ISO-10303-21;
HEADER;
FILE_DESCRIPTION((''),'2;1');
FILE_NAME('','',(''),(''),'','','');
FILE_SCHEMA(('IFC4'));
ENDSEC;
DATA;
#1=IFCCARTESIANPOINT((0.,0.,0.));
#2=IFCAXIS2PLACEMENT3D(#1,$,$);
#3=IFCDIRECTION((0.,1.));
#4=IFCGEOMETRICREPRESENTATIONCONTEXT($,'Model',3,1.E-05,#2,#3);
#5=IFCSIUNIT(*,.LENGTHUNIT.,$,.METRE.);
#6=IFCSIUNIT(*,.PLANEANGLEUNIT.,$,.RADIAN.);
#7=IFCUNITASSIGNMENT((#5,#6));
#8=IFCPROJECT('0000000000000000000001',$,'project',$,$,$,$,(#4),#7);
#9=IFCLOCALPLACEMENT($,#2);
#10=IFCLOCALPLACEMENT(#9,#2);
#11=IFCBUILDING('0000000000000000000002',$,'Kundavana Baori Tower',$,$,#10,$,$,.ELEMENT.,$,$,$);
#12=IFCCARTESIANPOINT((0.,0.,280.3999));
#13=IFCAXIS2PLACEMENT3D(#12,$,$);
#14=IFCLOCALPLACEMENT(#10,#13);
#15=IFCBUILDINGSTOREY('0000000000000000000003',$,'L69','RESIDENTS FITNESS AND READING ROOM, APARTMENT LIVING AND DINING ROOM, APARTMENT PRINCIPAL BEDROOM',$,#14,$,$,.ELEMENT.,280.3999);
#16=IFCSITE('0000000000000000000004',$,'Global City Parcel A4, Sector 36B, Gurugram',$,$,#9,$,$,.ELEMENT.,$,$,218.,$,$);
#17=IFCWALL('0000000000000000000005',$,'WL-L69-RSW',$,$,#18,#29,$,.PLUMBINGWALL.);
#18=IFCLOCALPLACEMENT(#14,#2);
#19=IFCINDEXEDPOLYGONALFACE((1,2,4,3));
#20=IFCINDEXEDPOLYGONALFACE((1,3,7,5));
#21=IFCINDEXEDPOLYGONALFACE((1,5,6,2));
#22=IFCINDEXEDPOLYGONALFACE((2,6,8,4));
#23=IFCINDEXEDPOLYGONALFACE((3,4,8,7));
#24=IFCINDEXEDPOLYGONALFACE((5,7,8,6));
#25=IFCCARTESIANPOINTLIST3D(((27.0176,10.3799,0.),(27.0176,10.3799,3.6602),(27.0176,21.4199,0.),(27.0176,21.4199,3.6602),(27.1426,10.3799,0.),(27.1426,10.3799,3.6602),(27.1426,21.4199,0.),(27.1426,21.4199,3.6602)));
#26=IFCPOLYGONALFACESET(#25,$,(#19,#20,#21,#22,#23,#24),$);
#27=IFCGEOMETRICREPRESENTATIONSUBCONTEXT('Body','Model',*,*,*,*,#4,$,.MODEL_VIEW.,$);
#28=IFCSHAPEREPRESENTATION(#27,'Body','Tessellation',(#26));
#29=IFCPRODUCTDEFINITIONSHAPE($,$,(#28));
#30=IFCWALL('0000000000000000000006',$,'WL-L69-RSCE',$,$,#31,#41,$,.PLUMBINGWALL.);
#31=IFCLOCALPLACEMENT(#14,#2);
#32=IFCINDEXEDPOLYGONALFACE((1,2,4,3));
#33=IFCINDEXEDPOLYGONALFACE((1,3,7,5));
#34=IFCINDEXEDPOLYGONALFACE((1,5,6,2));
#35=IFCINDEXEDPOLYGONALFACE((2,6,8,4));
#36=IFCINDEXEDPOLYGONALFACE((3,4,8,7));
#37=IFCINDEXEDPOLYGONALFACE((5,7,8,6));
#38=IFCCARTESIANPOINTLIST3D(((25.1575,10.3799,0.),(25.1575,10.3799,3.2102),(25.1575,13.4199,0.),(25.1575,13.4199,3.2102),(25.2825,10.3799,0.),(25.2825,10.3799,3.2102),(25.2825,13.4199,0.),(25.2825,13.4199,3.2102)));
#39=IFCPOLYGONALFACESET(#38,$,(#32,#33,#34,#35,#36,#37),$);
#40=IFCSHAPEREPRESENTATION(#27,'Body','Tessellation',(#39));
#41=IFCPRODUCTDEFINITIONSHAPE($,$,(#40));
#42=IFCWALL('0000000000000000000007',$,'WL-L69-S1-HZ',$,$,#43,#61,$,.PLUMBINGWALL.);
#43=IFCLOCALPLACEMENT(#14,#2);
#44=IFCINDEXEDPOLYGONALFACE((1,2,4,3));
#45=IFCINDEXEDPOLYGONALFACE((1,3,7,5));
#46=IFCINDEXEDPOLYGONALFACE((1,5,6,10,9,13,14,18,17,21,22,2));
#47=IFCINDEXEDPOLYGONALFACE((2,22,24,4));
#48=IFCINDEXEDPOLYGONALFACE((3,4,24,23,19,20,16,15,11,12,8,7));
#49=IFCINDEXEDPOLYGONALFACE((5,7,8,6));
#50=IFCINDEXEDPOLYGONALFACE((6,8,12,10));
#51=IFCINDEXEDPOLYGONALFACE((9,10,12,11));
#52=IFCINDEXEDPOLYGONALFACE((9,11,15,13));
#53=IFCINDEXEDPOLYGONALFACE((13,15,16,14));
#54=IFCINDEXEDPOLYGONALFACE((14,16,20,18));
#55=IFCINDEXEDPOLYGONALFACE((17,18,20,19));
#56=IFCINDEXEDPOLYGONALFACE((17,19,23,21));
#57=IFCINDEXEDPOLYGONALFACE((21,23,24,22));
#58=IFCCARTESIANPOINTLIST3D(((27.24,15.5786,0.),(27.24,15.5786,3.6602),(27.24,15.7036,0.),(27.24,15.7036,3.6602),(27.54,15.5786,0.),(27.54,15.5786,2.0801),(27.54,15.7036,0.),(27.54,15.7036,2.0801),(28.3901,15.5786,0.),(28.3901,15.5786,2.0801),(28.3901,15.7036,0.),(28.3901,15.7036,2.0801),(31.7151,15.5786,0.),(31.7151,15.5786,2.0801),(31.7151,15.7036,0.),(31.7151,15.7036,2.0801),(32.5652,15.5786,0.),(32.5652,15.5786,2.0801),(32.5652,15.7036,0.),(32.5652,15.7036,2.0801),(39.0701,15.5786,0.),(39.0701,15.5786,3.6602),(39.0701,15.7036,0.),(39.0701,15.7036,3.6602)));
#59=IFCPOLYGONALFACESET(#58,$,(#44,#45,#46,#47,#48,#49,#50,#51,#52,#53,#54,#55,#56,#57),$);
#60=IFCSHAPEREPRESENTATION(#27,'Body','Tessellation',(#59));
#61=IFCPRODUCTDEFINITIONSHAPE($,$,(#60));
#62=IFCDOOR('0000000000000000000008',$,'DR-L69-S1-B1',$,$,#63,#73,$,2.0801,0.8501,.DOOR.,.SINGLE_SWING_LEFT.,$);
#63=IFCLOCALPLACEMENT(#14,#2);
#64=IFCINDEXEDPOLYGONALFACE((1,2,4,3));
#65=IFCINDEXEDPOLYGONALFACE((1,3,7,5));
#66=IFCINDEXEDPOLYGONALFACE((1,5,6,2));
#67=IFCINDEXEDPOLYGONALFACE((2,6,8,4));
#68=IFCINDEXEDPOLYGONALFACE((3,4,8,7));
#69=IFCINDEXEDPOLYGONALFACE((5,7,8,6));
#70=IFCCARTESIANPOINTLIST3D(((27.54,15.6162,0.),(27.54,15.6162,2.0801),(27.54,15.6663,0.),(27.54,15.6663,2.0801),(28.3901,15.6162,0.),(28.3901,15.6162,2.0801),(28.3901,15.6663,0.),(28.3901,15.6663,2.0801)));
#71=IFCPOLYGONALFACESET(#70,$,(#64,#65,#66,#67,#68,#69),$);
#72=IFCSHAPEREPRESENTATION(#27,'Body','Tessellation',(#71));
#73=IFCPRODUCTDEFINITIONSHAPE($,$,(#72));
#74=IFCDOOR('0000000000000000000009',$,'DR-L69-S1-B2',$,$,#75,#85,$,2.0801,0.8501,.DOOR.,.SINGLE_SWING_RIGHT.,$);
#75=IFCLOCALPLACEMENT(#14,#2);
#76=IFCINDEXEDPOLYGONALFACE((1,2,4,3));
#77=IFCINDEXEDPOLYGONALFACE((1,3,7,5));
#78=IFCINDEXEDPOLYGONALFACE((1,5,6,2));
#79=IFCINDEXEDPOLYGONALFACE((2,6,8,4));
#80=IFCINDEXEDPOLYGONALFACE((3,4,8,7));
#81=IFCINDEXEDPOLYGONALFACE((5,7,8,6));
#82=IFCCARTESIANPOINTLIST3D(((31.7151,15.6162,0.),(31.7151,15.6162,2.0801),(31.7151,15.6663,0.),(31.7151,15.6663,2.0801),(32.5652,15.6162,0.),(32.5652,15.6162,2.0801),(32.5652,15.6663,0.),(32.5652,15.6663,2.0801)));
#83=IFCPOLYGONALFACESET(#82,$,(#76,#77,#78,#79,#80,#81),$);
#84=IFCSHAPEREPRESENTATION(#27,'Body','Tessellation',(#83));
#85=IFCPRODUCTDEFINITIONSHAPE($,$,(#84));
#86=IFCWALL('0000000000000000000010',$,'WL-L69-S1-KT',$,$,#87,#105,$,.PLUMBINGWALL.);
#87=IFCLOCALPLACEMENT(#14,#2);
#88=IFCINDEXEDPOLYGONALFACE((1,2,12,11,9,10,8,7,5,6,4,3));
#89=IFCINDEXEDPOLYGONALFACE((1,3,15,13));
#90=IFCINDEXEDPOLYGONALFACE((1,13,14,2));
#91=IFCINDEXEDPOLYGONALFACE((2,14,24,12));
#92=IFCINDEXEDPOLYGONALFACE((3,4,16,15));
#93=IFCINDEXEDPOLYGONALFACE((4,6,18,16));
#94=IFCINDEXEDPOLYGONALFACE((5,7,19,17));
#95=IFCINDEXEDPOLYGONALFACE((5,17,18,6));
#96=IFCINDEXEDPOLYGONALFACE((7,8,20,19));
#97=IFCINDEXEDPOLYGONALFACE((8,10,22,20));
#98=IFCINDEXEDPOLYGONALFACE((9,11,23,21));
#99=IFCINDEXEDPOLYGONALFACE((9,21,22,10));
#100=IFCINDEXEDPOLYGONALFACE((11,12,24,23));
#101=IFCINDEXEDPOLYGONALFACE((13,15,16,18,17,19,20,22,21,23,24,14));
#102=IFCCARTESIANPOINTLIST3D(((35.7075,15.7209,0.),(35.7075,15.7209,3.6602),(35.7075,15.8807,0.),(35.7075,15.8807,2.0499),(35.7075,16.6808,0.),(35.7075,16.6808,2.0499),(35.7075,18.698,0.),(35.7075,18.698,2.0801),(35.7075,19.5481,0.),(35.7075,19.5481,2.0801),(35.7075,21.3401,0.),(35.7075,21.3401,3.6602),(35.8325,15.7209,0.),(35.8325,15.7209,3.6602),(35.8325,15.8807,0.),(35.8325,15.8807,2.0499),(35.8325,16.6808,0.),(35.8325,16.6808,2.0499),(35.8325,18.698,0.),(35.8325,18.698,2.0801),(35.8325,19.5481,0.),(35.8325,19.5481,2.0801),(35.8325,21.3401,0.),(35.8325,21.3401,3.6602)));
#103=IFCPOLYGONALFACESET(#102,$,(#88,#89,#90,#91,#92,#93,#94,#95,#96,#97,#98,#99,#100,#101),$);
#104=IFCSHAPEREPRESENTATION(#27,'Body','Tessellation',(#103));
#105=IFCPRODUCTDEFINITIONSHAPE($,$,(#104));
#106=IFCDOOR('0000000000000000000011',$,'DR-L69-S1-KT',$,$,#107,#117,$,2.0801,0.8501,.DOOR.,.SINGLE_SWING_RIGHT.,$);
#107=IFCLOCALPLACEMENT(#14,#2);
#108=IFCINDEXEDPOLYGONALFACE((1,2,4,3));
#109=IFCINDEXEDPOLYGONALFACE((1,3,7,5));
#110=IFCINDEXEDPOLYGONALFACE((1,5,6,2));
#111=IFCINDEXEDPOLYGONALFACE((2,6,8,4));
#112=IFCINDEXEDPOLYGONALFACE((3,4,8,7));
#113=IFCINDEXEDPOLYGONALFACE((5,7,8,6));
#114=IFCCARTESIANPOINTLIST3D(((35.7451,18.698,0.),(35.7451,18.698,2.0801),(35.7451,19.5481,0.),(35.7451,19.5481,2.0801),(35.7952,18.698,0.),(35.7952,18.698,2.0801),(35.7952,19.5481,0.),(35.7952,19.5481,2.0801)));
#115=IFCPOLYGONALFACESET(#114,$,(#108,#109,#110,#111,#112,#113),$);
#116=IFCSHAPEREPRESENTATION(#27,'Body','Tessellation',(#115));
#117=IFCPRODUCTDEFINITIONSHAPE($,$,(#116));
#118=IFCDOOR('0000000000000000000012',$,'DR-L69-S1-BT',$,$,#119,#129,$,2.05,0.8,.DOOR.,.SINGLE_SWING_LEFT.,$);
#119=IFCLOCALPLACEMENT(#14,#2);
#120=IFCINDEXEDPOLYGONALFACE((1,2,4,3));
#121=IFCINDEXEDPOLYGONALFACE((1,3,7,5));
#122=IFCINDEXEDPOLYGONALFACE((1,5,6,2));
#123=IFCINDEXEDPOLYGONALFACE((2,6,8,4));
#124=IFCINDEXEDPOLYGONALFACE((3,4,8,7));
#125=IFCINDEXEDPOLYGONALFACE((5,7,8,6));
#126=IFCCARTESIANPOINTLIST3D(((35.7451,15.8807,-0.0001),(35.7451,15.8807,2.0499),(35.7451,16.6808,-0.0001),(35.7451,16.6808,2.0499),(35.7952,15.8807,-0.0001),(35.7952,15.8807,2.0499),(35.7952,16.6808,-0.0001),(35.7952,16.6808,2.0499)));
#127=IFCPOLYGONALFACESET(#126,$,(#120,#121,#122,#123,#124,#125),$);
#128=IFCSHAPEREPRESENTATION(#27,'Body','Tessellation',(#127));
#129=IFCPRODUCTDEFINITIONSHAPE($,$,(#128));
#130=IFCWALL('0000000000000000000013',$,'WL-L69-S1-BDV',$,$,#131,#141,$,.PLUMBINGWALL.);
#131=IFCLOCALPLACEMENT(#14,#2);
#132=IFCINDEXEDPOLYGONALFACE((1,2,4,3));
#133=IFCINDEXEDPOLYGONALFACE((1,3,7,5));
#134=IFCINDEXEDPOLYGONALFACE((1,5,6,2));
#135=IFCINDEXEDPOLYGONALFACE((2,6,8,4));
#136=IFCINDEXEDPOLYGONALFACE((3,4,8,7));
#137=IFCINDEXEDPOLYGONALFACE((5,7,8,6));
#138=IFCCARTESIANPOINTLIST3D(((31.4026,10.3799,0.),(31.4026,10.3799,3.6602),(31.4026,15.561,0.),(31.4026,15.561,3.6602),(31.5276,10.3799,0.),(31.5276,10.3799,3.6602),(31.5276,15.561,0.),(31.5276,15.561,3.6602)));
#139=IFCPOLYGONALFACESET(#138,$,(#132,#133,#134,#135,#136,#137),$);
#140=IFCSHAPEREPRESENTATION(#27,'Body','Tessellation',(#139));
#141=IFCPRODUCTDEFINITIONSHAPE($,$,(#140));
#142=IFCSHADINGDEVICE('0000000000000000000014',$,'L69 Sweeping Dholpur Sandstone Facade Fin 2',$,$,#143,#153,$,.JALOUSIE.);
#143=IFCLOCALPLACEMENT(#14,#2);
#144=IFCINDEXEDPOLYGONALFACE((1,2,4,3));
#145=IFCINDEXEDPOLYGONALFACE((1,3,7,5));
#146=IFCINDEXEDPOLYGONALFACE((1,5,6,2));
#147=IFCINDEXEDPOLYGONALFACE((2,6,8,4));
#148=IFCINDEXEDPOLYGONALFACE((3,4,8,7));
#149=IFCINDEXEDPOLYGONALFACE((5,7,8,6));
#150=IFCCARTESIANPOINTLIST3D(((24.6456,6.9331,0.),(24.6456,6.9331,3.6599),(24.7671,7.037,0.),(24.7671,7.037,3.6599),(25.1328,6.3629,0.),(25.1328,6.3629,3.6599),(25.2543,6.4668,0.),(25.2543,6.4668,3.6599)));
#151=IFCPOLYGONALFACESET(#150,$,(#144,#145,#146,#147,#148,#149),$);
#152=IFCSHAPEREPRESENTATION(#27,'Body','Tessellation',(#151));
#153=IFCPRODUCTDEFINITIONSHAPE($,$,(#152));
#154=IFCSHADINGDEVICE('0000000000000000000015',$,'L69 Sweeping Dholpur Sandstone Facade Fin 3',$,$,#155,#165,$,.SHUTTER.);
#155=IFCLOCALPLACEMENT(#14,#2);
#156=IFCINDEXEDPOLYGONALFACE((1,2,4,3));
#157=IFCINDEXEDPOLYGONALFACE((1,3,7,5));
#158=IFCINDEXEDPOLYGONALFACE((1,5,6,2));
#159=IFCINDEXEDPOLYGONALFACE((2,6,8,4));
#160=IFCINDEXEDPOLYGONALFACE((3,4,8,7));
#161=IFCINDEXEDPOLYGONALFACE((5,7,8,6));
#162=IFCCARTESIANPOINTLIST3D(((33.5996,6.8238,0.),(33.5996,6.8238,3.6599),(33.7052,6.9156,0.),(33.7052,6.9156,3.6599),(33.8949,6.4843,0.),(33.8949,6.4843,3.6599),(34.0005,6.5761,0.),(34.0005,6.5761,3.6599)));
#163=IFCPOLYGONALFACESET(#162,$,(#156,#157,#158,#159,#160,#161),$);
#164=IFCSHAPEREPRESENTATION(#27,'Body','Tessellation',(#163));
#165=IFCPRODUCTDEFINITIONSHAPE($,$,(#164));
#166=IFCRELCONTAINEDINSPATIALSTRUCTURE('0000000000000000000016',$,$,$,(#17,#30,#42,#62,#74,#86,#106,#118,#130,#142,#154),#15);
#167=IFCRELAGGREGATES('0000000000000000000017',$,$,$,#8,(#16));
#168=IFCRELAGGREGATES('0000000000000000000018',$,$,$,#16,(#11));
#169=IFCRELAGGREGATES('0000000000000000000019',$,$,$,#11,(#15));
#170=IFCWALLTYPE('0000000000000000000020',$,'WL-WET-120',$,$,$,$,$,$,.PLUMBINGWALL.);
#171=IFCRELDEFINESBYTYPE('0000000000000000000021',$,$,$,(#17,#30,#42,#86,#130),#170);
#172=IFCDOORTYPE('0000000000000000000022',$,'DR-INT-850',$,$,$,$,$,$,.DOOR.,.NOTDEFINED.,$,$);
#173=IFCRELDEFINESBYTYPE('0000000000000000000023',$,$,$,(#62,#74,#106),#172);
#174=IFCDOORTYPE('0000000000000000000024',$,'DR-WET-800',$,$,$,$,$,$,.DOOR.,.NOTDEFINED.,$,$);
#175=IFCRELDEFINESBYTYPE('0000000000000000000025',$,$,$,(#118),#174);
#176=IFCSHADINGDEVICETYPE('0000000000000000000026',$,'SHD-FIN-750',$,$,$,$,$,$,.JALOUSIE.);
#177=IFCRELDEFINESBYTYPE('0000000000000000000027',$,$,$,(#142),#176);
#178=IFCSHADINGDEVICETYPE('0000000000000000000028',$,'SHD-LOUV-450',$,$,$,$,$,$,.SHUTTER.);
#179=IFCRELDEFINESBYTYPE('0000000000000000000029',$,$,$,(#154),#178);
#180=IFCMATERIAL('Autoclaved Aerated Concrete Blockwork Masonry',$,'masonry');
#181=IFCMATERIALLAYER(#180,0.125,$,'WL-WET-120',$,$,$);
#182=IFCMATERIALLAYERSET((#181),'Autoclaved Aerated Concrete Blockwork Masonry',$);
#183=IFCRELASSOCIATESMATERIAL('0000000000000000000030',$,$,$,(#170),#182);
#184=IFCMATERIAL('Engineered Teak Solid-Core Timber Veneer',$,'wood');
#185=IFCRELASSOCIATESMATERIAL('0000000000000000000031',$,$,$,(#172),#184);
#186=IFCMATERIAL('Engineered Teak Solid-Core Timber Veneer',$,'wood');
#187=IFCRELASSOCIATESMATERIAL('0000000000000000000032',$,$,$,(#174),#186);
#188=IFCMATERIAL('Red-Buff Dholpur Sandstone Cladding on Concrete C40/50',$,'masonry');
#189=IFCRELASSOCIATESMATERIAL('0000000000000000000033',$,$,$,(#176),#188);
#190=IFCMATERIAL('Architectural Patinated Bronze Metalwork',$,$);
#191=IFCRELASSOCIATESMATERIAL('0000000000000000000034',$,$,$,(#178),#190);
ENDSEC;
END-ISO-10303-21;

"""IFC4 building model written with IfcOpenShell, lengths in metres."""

from ifc_helpers import new_model, si_unit, direction, frame, frame_2d, origin, origin_2d, place, context, subcontext, project, spatial, rectangle, extrude, material, layer, layer_set, type_object, element, fill, save


model = new_model("IFC4")

# Units and contexts
model_context = context("Model", 3, precision=1e-05, world=origin(), true_north=direction((0.0, 1.0)))
body_context = subcontext(model_context, "Body", "Model", "MODEL_VIEW")
ifc_project = project(units=[si_unit("LENGTHUNIT", "METRE"), si_unit("PLANEANGLEUNIT", "RADIAN")], contexts=[model_context])

# Site, building, storey
site_placement = place(None, origin())
site = spatial("IfcSite", under=ifc_project, at=site_placement, Name="Global City Parcel A4, Sector 36B, Gurugram", CompositionType="ELEMENT", RefElevation=218.0)
building_placement = place(site_placement, origin())
building = spatial("IfcBuilding", under=site, at=building_placement, Name="Kundavana Baori Tower", CompositionType="ELEMENT")
storey_placement = place(building_placement, frame((0.0, 0.0, 280.3999)))
storey = spatial("IfcBuildingStorey", under=building, at=storey_placement, Name="L69", Description="RESIDENTS FITNESS AND READING ROOM, APARTMENT LIVING AND DINING ROOM, APARTMENT PRINCIPAL BEDROOM", CompositionType="ELEMENT", Elevation=280.3999)

# Walls
ifc_material_1 = material(Name="Autoclaved Aerated Concrete Blockwork Masonry", Category="masonry")
ifc_layer = layer(ifc_material_1, 0.125, Name="WL-WET-120")
ifc_layer_set = layer_set([ifc_layer], Name="Autoclaved Aerated Concrete Blockwork Masonry")
wall_type = type_object("IfcWallType", Name="WL-WET-120", PredefinedType="PLUMBINGWALL", material=ifc_layer_set)
wall_1_placement = place(storey_placement, frame((27.0801, 10.3799, 0.0), z_axis=(0.0, 0.0, 1.0), x_axis=(0.0, 1.0, 0.0)))
element("IfcWall", 1, at=wall_1_placement, inside=storey, type_object=wall_type, Name="WL-L69-RSW", PredefinedType="PLUMBINGWALL", context=body_context, shape_type="SweptSolid", body=[
    extrude(rectangle(XDim=11.04, YDim=0.125, at=frame_2d((5.52, 0.0))), origin(), (0.0, 0.0, 1.0), 3.6602),
])
wall_2_placement = place(storey_placement, frame((25.22, 10.3799, 0.0), z_axis=(0.0, 0.0, 1.0), x_axis=(0.0, 1.0, 0.0)))
element("IfcWall", 2, at=wall_2_placement, inside=storey, type_object=wall_type, Name="WL-L69-RSCE", PredefinedType="PLUMBINGWALL", context=body_context, shape_type="SweptSolid", body=[
    extrude(rectangle(XDim=3.04, YDim=0.125, at=frame_2d((1.52, 0.0))), origin(), (0.0, 0.0, 1.0), 3.2102),
])

# Walls, openings, doors
wall_3_placement = place(storey_placement, frame((27.24, 15.6411, 0.0), z_axis=(0.0, 0.0, 1.0), x_axis=(1.0, 0.0, 0.0)))
wall_3 = element("IfcWall", 3, at=wall_3_placement, inside=storey, type_object=wall_type, Name="WL-L69-S1-HZ", PredefinedType="PLUMBINGWALL", context=body_context, shape_type="SweptSolid", body=[
    extrude(rectangle(XDim=11.8301, YDim=0.125, at=frame_2d((5.915, 0.0))), origin(), (0.0, 0.0, 1.0), 3.6602),
])
opening_1_placement = place(wall_3_placement, frame((0.3, 0.0, 0.0)))
opening_1 = element("IfcOpeningElement", 4, at=opening_1_placement, cuts=wall_3, PredefinedType="OPENING", context=body_context, shape_type="SweptSolid", body=[
    extrude(rectangle(XDim=0.8501, YDim=2.0801, at=frame_2d((0.425, 1.04))), frame((0.0, 0.0725, 0.0), z_axis=(0.0, -1.0, 0.0), x_axis=(1.0, 0.0, 0.0)), (0.0, 0.0, 1.0), 0.145),
])
opening_2_placement = place(wall_3_placement, frame((4.4751, 0.0, 0.0)))
opening_2 = element("IfcOpeningElement", 5, at=opening_2_placement, cuts=wall_3, PredefinedType="OPENING", context=body_context, shape_type="SweptSolid", body=[
    extrude(rectangle(XDim=0.8501, YDim=2.0801, at=frame_2d((0.425, 1.04))), frame((0.0, 0.0725, 0.0), z_axis=(0.0, -1.0, 0.0), x_axis=(1.0, 0.0, 0.0)), (0.0, 0.0, 1.0), 0.145),
])
ifc_material_2 = material(Name="Engineered Teak Solid-Core Timber Veneer", Category="wood")
door_type_1 = type_object("IfcDoorType", Name="DR-INT-850", OperationType="NOTDEFINED", PredefinedType="DOOR", material=ifc_material_2)
door_1_placement = place(opening_1_placement, frame((0.8501, 0.0, 0.0), z_axis=(0.0, 0.0, 1.0), x_axis=(-1.0, 0.0, 0.0)))
door_1 = element("IfcDoor", 6, at=door_1_placement, inside=storey, type_object=door_type_1, Name="DR-L69-S1-B1", OperationType="SINGLE_SWING_LEFT", OverallHeight=2.0801, OverallWidth=0.8501, PredefinedType="DOOR", context=body_context, shape_type="SweptSolid", body=[
    extrude(rectangle(XDim=0.8501, YDim=2.0801, at=frame_2d((0.425, 1.04))), frame((0.0, 0.0249, 0.0), z_axis=(0.0, -1.0, 0.0), x_axis=(1.0, 0.0, 0.0)), (0.0, 0.0, 1.0), 0.05),
])
fill(opening_1, door_1)
door_2_placement = place(opening_2_placement, frame((0.8501, 0.0, 0.0), z_axis=(0.0, 0.0, 1.0), x_axis=(-1.0, 0.0, 0.0)))
door_2 = element("IfcDoor", 7, at=door_2_placement, inside=storey, type_object=door_type_1, Name="DR-L69-S1-B2", OperationType="SINGLE_SWING_RIGHT", OverallHeight=2.0801, OverallWidth=0.8501, PredefinedType="DOOR", context=body_context, shape_type="SweptSolid", body=[
    extrude(rectangle(XDim=0.8501, YDim=2.0801, at=frame_2d((0.425, 1.04))), frame((0.0, 0.0249, 0.0), z_axis=(0.0, -1.0, 0.0), x_axis=(1.0, 0.0, 0.0)), (0.0, 0.0, 1.0), 0.05),
])
fill(opening_2, door_2)
wall_4_placement = place(storey_placement, frame((35.77, 15.7209, 0.0), z_axis=(0.0, 0.0, 1.0), x_axis=(0.0, 1.0, 0.0)))
wall_4 = element("IfcWall", 8, at=wall_4_placement, inside=storey, type_object=wall_type, Name="WL-L69-S1-KT", PredefinedType="PLUMBINGWALL", context=body_context, shape_type="SweptSolid", body=[
    extrude(rectangle(XDim=5.6191, YDim=0.125, at=frame_2d((2.8096, 0.0))), origin(), (0.0, 0.0, 1.0), 3.6602),
])
opening_3_placement = place(wall_4_placement, frame((0.1599, 0.0, 0.0)))
opening_3 = element("IfcOpeningElement", 9, at=opening_3_placement, cuts=wall_4, PredefinedType="OPENING", context=body_context, shape_type="SweptSolid", body=[
    extrude(rectangle(XDim=0.8, YDim=2.05, at=frame_2d((0.3999, 1.0249))), frame((0.0, 0.0725, 0.0), z_axis=(0.0, -1.0, 0.0), x_axis=(1.0, 0.0, 0.0)), (0.0, 0.0, 1.0), 0.145),
])
opening_4_placement = place(wall_4_placement, frame((2.9771, 0.0, 0.0)))
opening_4 = element("IfcOpeningElement", 10, at=opening_4_placement, cuts=wall_4, PredefinedType="OPENING", context=body_context, shape_type="SweptSolid", body=[
    extrude(rectangle(XDim=0.8501, YDim=2.0801, at=frame_2d((0.425, 1.04))), frame((0.0, 0.0725, 0.0), z_axis=(0.0, -1.0, 0.0), x_axis=(1.0, 0.0, 0.0)), (0.0, 0.0, 1.0), 0.145),
])
door_3_placement = place(opening_4_placement, origin())
door_3 = element("IfcDoor", 11, at=door_3_placement, inside=storey, type_object=door_type_1, Name="DR-L69-S1-KT", OperationType="SINGLE_SWING_RIGHT", OverallHeight=2.0801, OverallWidth=0.8501, PredefinedType="DOOR", context=body_context, shape_type="SweptSolid", body=[
    extrude(rectangle(XDim=0.8501, YDim=2.0801, at=frame_2d((0.425, 1.04))), frame((0.0, 0.0249, 0.0), z_axis=(0.0, -1.0, 0.0), x_axis=(1.0, 0.0, 0.0)), (0.0, 0.0, 1.0), 0.05),
])
fill(opening_4, door_3)
ifc_material_3 = material(Name="Engineered Teak Solid-Core Timber Veneer", Category="wood")
door_type_2 = type_object("IfcDoorType", Name="DR-WET-800", OperationType="NOTDEFINED", PredefinedType="DOOR", material=ifc_material_3)
door_4_placement = place(opening_3_placement, origin())
door_4 = element("IfcDoor", 12, at=door_4_placement, inside=storey, type_object=door_type_2, Name="DR-L69-S1-BT", OperationType="SINGLE_SWING_LEFT", OverallHeight=2.05, OverallWidth=0.8, PredefinedType="DOOR", context=body_context, shape_type="SweptSolid", body=[
    extrude(rectangle(XDim=0.8, YDim=2.05, at=frame_2d((0.3999, 1.0249))), frame((0.0, 0.0249, 0.0), z_axis=(0.0, -1.0, 0.0), x_axis=(1.0, 0.0, 0.0)), (0.0, 0.0, 1.0), 0.05),
])
fill(opening_3, door_4)

# Wall
wall_5_placement = place(storey_placement, frame((31.4651, 10.3799, 0.0), z_axis=(0.0, 0.0, 1.0), x_axis=(0.0, 1.0, 0.0)))
element("IfcWall", 13, at=wall_5_placement, inside=storey, type_object=wall_type, Name="WL-L69-S1-BDV", PredefinedType="PLUMBINGWALL", context=body_context, shape_type="SweptSolid", body=[
    extrude(rectangle(XDim=5.1812, YDim=0.125, at=frame_2d((2.5906, 0.0))), origin(), (0.0, 0.0, 1.0), 3.6602),
])

# Shading devices
ifc_material_4 = material(Name="Red-Buff Dholpur Sandstone Cladding on Concrete C40/50", Category="masonry")
shading_device_type_1 = type_object("IfcShadingDeviceType", Name="SHD-FIN-750", PredefinedType="JALOUSIE", material=ifc_material_4)
shading_device_1_placement = place(storey_placement, frame((24.95, 6.7, 0.0), z_axis=(0.0, 0.0, 1.0), x_axis=(0.760293, 0.649581, 0.0)))
element("IfcShadingDevice", 14, at=shading_device_1_placement, inside=storey, type_object=shading_device_type_1, Name="L69 Sweeping Dholpur Sandstone Facade Fin 2", PredefinedType="JALOUSIE", context=body_context, shape_type="SweptSolid", body=[
    extrude(rectangle(XDim=0.1599, YDim=0.75, at=origin_2d()), origin(), (0.0, 0.0, 1.0), 3.6599),
])
ifc_material_5 = material(Name="Architectural Patinated Bronze Metalwork")
shading_device_type_2 = type_object("IfcShadingDeviceType", Name="SHD-LOUV-450", PredefinedType="SHUTTER", material=ifc_material_5)
shading_device_2_placement = place(storey_placement, frame((33.8, 6.7, 0.0), z_axis=(0.0, 0.0, 1.0), x_axis=(0.754481, 0.656322, 0.0)))
element("IfcShadingDevice", 15, at=shading_device_2_placement, inside=storey, type_object=shading_device_type_2, Name="L69 Sweeping Dholpur Sandstone Facade Fin 3", PredefinedType="SHUTTER", context=body_context, shape_type="SweptSolid", body=[
    extrude(rectangle(XDim=0.1399, YDim=0.45, at=origin_2d()), origin(), (0.0, 0.0, 1.0), 3.6599),
])

save(model, "model.ifc")
